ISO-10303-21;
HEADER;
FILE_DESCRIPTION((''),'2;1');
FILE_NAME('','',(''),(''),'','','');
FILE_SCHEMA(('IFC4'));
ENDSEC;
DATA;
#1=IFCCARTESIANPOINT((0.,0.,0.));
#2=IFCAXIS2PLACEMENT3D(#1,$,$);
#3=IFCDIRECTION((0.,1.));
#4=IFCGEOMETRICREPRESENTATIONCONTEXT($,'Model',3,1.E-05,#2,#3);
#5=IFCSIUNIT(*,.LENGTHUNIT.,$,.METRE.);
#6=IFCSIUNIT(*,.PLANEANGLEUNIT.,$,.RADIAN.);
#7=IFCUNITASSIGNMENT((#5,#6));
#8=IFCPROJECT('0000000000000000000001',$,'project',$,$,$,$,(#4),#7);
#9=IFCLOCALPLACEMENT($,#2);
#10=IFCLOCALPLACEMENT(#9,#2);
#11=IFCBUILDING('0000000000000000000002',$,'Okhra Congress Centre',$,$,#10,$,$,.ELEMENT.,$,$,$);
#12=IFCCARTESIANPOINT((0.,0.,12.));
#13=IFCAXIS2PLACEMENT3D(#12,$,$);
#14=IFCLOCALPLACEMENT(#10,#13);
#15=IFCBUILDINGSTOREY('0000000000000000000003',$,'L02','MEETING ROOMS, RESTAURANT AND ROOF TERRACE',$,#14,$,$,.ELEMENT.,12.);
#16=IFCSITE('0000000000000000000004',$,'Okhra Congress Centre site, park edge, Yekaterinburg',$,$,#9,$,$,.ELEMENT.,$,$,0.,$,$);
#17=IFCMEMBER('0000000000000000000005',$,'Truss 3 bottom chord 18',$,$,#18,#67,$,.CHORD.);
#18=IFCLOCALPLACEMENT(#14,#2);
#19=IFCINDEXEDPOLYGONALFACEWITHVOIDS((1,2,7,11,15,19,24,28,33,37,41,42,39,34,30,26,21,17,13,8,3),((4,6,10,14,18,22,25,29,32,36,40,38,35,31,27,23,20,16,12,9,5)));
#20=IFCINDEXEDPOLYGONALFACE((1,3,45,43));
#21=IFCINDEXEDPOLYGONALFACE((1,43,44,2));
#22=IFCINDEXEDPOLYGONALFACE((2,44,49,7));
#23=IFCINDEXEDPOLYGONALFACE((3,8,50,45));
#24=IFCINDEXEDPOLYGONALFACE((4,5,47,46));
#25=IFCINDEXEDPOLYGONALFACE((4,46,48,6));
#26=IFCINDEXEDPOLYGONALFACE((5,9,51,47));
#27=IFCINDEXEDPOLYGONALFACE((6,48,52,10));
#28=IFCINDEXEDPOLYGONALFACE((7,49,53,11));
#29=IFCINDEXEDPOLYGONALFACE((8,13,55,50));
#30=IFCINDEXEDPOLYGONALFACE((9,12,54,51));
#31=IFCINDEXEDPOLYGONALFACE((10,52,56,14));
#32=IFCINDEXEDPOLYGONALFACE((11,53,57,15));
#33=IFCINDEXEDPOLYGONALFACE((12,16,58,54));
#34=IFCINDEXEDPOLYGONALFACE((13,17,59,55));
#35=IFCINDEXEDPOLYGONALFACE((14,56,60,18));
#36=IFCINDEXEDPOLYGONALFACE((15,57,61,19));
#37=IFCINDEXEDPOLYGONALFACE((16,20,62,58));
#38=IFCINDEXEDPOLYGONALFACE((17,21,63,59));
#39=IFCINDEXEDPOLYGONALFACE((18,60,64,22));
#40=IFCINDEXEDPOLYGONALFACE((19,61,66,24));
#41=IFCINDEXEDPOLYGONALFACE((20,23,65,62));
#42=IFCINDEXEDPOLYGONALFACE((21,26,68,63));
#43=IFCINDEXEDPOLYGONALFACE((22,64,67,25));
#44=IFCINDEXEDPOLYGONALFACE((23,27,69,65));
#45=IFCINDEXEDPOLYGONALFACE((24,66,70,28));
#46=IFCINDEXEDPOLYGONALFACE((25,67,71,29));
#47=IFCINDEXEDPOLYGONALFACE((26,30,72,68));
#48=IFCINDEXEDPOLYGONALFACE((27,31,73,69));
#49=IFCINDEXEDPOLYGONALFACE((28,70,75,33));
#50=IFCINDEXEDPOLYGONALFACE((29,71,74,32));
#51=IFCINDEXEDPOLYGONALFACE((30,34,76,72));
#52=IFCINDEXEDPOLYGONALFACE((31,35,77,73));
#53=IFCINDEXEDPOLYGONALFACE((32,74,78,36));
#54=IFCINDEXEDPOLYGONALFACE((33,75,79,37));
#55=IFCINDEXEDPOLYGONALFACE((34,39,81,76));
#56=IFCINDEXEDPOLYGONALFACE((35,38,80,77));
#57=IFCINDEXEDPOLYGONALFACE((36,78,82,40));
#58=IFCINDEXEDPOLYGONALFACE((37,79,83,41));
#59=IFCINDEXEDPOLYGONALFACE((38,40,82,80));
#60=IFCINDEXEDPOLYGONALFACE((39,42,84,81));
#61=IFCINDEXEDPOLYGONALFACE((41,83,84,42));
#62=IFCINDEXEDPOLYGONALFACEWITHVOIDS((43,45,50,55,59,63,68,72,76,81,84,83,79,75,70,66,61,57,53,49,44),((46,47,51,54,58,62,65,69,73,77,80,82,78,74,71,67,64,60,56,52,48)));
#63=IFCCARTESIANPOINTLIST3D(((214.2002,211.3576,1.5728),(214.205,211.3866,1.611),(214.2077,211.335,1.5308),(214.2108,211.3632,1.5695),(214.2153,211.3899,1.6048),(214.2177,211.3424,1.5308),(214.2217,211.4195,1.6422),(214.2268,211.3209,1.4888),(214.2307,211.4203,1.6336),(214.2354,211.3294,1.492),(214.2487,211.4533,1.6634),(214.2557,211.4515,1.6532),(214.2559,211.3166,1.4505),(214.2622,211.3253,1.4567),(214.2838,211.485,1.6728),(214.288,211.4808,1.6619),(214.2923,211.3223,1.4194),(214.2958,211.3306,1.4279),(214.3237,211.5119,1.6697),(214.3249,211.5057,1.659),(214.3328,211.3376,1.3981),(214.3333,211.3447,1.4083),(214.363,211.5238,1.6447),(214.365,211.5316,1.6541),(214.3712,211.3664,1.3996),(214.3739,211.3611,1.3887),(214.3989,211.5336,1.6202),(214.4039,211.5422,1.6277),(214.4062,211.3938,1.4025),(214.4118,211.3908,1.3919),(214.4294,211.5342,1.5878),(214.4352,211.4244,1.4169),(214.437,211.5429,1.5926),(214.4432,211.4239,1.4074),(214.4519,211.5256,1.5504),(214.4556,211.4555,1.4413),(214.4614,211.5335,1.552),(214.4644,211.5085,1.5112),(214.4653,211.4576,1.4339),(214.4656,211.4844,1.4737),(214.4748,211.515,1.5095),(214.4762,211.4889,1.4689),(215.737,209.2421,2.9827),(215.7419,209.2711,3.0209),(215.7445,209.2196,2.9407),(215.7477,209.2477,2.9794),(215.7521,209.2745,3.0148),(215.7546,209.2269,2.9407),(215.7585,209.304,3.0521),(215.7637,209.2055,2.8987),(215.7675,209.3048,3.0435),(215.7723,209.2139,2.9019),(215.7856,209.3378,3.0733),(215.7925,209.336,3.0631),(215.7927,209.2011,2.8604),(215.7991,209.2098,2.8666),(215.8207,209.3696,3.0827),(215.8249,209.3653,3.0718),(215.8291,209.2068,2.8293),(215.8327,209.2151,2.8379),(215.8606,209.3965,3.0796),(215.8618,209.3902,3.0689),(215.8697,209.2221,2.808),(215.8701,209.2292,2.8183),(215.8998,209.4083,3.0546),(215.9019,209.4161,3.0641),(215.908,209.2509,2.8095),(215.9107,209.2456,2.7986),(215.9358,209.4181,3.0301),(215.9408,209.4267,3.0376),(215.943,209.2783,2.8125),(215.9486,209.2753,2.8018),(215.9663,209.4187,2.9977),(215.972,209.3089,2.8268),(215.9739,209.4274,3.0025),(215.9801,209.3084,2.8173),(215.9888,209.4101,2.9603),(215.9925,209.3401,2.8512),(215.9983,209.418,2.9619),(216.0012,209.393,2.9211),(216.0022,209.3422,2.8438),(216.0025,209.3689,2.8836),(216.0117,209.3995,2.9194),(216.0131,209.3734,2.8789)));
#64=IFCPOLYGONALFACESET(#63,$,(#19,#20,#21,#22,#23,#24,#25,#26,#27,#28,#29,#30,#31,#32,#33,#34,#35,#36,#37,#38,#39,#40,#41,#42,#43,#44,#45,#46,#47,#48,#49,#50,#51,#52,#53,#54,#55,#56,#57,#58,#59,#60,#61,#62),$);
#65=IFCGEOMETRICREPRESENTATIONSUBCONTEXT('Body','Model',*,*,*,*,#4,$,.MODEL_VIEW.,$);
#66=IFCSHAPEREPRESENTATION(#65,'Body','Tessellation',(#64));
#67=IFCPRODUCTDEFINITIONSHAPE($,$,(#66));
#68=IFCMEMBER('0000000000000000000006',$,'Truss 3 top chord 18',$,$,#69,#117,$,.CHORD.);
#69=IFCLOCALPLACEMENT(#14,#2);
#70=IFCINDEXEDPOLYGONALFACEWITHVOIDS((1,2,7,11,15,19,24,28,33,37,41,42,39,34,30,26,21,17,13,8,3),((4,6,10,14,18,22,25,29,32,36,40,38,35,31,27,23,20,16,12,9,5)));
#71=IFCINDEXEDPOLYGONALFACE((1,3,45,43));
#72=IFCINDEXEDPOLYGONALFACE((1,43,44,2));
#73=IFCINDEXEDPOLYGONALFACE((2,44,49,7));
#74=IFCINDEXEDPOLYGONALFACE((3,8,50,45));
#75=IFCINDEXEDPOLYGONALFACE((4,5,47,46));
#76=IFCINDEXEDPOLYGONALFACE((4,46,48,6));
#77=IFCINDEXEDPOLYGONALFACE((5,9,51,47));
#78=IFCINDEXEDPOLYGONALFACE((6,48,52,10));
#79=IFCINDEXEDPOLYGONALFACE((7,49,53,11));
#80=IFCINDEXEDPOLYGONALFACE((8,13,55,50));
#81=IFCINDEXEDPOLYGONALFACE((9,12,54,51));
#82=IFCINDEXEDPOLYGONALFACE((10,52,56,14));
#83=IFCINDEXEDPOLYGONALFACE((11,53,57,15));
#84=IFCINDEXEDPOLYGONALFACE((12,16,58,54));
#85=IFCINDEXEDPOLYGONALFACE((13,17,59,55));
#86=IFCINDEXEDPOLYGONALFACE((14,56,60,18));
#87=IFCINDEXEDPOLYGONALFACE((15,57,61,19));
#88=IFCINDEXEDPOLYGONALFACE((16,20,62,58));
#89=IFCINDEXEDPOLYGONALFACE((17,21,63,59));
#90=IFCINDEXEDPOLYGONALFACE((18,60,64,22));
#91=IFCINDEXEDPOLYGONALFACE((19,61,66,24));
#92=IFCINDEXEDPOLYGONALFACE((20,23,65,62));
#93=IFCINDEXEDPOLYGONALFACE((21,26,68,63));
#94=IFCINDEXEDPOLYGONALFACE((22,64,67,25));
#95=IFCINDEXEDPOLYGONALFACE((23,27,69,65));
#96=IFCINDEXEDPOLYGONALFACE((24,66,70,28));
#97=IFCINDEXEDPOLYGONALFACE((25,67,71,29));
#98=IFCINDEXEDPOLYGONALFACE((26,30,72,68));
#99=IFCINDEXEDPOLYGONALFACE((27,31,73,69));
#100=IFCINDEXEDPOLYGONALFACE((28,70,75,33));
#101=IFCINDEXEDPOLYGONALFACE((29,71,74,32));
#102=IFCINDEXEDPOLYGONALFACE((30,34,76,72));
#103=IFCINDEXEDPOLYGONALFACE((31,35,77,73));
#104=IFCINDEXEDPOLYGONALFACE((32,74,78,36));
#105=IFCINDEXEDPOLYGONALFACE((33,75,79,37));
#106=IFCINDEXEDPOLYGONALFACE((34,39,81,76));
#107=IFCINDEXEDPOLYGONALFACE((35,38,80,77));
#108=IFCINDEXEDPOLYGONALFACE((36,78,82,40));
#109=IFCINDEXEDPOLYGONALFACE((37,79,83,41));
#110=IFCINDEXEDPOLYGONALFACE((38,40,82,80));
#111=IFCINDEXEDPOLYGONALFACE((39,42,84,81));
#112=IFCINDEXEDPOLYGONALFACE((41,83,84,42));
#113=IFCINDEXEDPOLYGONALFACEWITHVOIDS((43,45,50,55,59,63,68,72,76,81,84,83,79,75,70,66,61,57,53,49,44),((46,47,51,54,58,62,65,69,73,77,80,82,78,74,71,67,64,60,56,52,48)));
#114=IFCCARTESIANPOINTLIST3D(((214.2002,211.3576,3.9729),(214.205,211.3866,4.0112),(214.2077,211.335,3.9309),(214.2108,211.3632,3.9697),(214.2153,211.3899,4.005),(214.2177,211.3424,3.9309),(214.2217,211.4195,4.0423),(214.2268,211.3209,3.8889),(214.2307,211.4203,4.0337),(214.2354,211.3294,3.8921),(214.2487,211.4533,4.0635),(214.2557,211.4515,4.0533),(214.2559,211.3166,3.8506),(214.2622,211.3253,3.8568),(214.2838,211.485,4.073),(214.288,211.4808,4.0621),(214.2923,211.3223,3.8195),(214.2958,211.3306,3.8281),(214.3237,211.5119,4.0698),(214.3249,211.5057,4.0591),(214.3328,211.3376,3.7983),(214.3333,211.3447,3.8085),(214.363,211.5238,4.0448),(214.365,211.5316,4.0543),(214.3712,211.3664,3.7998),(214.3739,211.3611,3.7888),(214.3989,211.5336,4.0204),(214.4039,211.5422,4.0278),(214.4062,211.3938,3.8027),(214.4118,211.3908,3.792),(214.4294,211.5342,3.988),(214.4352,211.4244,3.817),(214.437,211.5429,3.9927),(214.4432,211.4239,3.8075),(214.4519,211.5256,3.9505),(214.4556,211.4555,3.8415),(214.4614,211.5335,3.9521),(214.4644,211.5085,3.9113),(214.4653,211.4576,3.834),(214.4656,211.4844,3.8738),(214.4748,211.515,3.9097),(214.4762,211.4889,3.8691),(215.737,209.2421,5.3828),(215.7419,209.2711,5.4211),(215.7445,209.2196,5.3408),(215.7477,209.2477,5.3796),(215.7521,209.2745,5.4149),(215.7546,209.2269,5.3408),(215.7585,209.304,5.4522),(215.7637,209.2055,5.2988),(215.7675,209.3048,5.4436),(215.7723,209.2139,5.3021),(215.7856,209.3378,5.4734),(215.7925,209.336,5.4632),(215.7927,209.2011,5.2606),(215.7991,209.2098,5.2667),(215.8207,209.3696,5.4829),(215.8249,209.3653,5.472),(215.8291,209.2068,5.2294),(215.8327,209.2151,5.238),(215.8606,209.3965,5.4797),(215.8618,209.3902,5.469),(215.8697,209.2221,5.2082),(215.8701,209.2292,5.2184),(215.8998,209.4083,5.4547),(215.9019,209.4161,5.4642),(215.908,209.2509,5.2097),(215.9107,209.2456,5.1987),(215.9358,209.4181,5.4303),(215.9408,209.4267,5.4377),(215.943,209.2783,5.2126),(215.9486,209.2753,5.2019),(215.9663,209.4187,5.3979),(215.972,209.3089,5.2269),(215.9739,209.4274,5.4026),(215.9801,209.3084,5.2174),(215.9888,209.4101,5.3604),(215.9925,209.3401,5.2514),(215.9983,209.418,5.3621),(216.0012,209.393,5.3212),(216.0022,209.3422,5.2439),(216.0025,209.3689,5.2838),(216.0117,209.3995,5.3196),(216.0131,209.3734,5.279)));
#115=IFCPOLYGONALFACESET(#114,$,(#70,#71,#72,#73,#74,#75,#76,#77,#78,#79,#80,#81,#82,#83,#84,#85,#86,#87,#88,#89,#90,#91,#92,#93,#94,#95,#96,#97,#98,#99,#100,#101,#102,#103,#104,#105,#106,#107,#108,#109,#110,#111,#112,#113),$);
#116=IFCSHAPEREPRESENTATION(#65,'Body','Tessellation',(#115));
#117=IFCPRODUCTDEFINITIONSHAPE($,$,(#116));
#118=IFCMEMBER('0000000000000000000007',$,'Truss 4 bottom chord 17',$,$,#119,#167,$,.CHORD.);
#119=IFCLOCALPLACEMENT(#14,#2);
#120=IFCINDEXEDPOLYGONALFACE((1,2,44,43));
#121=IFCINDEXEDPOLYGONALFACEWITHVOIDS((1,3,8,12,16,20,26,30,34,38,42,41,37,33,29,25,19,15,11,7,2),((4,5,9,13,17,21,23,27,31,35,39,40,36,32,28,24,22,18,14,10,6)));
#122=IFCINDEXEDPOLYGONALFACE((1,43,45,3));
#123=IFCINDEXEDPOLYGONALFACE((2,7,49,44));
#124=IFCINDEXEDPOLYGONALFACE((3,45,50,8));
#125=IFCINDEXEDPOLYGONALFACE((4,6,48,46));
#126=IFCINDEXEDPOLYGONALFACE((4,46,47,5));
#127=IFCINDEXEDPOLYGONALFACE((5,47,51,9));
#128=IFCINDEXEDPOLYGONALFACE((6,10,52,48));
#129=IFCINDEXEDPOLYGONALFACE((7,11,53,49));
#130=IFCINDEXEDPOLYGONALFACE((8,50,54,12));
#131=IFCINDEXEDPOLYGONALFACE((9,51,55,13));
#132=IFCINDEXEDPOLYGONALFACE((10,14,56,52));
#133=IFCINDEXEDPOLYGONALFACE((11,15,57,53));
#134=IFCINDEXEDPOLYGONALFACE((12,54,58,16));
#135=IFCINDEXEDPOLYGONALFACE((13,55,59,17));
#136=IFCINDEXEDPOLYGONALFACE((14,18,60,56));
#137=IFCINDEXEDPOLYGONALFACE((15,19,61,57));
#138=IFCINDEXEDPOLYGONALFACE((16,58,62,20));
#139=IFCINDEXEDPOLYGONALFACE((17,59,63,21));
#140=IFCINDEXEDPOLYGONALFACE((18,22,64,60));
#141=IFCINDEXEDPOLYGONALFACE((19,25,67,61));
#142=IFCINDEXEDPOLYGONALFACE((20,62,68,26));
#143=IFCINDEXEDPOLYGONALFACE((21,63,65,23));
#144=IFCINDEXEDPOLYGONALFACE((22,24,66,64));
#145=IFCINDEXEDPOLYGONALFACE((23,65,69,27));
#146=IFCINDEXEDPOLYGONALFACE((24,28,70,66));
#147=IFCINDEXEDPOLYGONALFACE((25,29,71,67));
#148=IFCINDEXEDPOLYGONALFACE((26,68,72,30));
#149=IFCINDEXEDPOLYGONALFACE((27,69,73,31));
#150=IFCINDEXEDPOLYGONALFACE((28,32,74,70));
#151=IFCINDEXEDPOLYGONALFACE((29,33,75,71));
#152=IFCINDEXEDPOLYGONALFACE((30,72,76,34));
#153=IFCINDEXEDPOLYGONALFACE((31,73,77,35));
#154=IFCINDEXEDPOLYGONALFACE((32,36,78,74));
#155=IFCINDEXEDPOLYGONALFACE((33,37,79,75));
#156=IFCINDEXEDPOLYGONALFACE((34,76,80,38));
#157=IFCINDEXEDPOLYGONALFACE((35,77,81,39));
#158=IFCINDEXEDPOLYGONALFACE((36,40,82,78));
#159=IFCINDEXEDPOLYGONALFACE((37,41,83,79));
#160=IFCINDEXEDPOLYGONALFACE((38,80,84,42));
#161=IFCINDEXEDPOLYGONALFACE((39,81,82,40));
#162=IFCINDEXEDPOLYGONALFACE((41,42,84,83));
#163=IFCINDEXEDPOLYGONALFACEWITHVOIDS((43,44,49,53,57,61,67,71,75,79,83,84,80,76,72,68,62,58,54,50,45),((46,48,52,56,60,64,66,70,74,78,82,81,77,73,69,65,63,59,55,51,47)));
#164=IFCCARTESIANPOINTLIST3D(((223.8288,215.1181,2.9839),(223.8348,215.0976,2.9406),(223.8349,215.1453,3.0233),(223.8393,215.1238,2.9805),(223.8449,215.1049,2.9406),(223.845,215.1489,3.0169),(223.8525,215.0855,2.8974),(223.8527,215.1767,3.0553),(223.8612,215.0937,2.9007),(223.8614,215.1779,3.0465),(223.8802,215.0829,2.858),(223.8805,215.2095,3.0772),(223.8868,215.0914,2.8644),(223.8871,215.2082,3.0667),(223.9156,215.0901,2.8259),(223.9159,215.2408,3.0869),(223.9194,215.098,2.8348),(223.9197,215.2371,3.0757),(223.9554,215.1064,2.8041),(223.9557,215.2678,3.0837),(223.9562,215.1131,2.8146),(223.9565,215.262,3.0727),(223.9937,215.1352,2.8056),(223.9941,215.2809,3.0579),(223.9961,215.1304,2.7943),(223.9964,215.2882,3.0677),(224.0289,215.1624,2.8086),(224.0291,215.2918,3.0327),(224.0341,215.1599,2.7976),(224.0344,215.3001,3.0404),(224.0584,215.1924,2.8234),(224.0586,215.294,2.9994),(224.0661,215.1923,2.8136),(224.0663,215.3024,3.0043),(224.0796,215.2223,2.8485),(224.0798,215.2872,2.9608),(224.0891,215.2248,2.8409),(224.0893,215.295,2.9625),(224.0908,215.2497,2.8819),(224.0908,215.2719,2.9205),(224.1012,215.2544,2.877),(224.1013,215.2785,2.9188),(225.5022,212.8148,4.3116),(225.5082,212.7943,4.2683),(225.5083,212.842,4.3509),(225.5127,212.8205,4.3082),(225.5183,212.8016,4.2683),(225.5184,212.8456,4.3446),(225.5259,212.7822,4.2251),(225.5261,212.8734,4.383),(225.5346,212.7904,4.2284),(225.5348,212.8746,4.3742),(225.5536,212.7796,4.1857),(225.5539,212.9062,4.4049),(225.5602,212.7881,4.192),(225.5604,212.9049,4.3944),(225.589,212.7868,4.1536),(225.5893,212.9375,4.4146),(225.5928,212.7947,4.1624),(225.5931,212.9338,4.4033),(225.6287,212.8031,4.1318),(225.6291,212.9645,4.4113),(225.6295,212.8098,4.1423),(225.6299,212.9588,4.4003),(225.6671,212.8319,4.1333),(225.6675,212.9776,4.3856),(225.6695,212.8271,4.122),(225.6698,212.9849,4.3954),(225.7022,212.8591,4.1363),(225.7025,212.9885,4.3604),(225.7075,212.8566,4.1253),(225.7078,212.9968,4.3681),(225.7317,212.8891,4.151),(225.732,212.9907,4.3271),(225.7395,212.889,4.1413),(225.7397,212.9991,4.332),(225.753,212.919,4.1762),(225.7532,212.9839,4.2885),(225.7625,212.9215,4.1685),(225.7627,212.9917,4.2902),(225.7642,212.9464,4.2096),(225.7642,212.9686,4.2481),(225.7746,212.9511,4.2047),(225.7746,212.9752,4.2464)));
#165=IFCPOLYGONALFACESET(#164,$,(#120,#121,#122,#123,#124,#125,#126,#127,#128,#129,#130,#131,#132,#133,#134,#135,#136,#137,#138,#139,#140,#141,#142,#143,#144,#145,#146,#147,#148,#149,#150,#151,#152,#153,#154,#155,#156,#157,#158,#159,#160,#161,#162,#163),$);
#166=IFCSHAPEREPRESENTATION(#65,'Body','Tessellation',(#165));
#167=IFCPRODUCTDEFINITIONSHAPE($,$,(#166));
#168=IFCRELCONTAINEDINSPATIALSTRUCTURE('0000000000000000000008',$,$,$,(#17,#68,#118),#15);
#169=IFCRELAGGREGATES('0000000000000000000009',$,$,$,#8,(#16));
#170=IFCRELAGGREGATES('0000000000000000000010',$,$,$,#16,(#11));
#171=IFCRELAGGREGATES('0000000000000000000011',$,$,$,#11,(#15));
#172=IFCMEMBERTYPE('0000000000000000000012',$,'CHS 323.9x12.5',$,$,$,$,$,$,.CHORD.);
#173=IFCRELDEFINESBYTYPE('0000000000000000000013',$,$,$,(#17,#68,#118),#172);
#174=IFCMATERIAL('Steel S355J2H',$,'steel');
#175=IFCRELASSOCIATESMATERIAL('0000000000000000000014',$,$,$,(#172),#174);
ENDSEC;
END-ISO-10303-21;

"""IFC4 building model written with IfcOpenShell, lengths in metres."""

from ifc_helpers import new_model, si_unit, direction, frame, origin, origin_2d, place, context, subcontext, project, spatial, hollow_circle, extrude, material, material_profile, profile_set, type_object, element, save


model = new_model("IFC4")

# Units and contexts
model_context = context("Model", 3, precision=1e-05, world=origin(), true_north=direction((0.0, 1.0)))
body_context = subcontext(model_context, "Body", "Model", "MODEL_VIEW")
ifc_project = project(units=[si_unit("LENGTHUNIT", "METRE"), si_unit("PLANEANGLEUNIT", "RADIAN")], contexts=[model_context])

# Site, building, storey
site_placement = place(None, origin())
site = spatial("IfcSite", under=ifc_project, at=site_placement, Name="Okhra Congress Centre site, park edge, Yekaterinburg", CompositionType="ELEMENT", RefElevation=0.0)
building_placement = place(site_placement, origin())
building = spatial("IfcBuilding", under=site, at=building_placement, Name="Okhra Congress Centre", CompositionType="ELEMENT")
storey_placement = place(building_placement, frame((0.0, 0.0, 12.0)))
storey = spatial("IfcBuildingStorey", under=building, at=storey_placement, Name="L02", Description="MEETING ROOMS, RESTAURANT AND ROOF TERRACE", CompositionType="ELEMENT", Elevation=12.0)

# Shared definitions
ifc_material_1 = material(Name="Steel S355J2H", Category="steel")

# Members
ifc_material_profile_1 = material_profile(ifc_material_1, hollow_circle(Radius=0.1619, WallThickness=0.0125, at=origin_2d()), Name="CHS 323.9x12.5")
ifc_profile_set_1 = profile_set([ifc_material_profile_1], Name="Steel S355J2H")
member_type_1 = type_object("IfcMemberType", Name="CHS 323.9x12.5", PredefinedType="CHORD", material=ifc_profile_set_1)
for number, where, z_axis, x_axis, name in (
    (1, (215.8755, 209.3147, 2.9407), (-0.517341, 0.712115, -0.474606), (-0.809039, -0.587755, 0.0), "Truss 3 bottom chord 18"),
    (2, (215.8755, 209.3147, 5.3408), (-0.517341, 0.712115, -0.474606), (-0.809039, -0.587755, 0.0), "Truss 3 top chord 18"),
):
    element("IfcMember", number, at=place(storey_placement, frame(where, z_axis=z_axis, x_axis=x_axis)), inside=storey, type_object=member_type_1, Name=name, PredefinedType="CHORD", context=body_context, shape_type="SweptSolid", body=[
        extrude(hollow_circle(Radius=0.1619, WallThickness=0.0125, at=origin_2d()), origin(), (0.0, 0.0, 1.0), 2.9707),
    ])
member_1_placement = place(storey_placement, frame((225.6392, 212.8894, 4.2683), z_axis=(-0.532697, 0.733216, -0.422645), x_axis=(-0.809025, -0.587774, 0.0)))
element("IfcMember", 3, at=member_1_placement, inside=storey, type_object=member_type_1, Name="Truss 4 bottom chord 17", PredefinedType="CHORD", context=body_context, shape_type="SweptSolid", body=[
    extrude(hollow_circle(Radius=0.1619, WallThickness=0.0125, at=origin_2d()), origin(), (0.0, 0.0, 1.0), 3.1414),
])

save(model, "model.ifc")
